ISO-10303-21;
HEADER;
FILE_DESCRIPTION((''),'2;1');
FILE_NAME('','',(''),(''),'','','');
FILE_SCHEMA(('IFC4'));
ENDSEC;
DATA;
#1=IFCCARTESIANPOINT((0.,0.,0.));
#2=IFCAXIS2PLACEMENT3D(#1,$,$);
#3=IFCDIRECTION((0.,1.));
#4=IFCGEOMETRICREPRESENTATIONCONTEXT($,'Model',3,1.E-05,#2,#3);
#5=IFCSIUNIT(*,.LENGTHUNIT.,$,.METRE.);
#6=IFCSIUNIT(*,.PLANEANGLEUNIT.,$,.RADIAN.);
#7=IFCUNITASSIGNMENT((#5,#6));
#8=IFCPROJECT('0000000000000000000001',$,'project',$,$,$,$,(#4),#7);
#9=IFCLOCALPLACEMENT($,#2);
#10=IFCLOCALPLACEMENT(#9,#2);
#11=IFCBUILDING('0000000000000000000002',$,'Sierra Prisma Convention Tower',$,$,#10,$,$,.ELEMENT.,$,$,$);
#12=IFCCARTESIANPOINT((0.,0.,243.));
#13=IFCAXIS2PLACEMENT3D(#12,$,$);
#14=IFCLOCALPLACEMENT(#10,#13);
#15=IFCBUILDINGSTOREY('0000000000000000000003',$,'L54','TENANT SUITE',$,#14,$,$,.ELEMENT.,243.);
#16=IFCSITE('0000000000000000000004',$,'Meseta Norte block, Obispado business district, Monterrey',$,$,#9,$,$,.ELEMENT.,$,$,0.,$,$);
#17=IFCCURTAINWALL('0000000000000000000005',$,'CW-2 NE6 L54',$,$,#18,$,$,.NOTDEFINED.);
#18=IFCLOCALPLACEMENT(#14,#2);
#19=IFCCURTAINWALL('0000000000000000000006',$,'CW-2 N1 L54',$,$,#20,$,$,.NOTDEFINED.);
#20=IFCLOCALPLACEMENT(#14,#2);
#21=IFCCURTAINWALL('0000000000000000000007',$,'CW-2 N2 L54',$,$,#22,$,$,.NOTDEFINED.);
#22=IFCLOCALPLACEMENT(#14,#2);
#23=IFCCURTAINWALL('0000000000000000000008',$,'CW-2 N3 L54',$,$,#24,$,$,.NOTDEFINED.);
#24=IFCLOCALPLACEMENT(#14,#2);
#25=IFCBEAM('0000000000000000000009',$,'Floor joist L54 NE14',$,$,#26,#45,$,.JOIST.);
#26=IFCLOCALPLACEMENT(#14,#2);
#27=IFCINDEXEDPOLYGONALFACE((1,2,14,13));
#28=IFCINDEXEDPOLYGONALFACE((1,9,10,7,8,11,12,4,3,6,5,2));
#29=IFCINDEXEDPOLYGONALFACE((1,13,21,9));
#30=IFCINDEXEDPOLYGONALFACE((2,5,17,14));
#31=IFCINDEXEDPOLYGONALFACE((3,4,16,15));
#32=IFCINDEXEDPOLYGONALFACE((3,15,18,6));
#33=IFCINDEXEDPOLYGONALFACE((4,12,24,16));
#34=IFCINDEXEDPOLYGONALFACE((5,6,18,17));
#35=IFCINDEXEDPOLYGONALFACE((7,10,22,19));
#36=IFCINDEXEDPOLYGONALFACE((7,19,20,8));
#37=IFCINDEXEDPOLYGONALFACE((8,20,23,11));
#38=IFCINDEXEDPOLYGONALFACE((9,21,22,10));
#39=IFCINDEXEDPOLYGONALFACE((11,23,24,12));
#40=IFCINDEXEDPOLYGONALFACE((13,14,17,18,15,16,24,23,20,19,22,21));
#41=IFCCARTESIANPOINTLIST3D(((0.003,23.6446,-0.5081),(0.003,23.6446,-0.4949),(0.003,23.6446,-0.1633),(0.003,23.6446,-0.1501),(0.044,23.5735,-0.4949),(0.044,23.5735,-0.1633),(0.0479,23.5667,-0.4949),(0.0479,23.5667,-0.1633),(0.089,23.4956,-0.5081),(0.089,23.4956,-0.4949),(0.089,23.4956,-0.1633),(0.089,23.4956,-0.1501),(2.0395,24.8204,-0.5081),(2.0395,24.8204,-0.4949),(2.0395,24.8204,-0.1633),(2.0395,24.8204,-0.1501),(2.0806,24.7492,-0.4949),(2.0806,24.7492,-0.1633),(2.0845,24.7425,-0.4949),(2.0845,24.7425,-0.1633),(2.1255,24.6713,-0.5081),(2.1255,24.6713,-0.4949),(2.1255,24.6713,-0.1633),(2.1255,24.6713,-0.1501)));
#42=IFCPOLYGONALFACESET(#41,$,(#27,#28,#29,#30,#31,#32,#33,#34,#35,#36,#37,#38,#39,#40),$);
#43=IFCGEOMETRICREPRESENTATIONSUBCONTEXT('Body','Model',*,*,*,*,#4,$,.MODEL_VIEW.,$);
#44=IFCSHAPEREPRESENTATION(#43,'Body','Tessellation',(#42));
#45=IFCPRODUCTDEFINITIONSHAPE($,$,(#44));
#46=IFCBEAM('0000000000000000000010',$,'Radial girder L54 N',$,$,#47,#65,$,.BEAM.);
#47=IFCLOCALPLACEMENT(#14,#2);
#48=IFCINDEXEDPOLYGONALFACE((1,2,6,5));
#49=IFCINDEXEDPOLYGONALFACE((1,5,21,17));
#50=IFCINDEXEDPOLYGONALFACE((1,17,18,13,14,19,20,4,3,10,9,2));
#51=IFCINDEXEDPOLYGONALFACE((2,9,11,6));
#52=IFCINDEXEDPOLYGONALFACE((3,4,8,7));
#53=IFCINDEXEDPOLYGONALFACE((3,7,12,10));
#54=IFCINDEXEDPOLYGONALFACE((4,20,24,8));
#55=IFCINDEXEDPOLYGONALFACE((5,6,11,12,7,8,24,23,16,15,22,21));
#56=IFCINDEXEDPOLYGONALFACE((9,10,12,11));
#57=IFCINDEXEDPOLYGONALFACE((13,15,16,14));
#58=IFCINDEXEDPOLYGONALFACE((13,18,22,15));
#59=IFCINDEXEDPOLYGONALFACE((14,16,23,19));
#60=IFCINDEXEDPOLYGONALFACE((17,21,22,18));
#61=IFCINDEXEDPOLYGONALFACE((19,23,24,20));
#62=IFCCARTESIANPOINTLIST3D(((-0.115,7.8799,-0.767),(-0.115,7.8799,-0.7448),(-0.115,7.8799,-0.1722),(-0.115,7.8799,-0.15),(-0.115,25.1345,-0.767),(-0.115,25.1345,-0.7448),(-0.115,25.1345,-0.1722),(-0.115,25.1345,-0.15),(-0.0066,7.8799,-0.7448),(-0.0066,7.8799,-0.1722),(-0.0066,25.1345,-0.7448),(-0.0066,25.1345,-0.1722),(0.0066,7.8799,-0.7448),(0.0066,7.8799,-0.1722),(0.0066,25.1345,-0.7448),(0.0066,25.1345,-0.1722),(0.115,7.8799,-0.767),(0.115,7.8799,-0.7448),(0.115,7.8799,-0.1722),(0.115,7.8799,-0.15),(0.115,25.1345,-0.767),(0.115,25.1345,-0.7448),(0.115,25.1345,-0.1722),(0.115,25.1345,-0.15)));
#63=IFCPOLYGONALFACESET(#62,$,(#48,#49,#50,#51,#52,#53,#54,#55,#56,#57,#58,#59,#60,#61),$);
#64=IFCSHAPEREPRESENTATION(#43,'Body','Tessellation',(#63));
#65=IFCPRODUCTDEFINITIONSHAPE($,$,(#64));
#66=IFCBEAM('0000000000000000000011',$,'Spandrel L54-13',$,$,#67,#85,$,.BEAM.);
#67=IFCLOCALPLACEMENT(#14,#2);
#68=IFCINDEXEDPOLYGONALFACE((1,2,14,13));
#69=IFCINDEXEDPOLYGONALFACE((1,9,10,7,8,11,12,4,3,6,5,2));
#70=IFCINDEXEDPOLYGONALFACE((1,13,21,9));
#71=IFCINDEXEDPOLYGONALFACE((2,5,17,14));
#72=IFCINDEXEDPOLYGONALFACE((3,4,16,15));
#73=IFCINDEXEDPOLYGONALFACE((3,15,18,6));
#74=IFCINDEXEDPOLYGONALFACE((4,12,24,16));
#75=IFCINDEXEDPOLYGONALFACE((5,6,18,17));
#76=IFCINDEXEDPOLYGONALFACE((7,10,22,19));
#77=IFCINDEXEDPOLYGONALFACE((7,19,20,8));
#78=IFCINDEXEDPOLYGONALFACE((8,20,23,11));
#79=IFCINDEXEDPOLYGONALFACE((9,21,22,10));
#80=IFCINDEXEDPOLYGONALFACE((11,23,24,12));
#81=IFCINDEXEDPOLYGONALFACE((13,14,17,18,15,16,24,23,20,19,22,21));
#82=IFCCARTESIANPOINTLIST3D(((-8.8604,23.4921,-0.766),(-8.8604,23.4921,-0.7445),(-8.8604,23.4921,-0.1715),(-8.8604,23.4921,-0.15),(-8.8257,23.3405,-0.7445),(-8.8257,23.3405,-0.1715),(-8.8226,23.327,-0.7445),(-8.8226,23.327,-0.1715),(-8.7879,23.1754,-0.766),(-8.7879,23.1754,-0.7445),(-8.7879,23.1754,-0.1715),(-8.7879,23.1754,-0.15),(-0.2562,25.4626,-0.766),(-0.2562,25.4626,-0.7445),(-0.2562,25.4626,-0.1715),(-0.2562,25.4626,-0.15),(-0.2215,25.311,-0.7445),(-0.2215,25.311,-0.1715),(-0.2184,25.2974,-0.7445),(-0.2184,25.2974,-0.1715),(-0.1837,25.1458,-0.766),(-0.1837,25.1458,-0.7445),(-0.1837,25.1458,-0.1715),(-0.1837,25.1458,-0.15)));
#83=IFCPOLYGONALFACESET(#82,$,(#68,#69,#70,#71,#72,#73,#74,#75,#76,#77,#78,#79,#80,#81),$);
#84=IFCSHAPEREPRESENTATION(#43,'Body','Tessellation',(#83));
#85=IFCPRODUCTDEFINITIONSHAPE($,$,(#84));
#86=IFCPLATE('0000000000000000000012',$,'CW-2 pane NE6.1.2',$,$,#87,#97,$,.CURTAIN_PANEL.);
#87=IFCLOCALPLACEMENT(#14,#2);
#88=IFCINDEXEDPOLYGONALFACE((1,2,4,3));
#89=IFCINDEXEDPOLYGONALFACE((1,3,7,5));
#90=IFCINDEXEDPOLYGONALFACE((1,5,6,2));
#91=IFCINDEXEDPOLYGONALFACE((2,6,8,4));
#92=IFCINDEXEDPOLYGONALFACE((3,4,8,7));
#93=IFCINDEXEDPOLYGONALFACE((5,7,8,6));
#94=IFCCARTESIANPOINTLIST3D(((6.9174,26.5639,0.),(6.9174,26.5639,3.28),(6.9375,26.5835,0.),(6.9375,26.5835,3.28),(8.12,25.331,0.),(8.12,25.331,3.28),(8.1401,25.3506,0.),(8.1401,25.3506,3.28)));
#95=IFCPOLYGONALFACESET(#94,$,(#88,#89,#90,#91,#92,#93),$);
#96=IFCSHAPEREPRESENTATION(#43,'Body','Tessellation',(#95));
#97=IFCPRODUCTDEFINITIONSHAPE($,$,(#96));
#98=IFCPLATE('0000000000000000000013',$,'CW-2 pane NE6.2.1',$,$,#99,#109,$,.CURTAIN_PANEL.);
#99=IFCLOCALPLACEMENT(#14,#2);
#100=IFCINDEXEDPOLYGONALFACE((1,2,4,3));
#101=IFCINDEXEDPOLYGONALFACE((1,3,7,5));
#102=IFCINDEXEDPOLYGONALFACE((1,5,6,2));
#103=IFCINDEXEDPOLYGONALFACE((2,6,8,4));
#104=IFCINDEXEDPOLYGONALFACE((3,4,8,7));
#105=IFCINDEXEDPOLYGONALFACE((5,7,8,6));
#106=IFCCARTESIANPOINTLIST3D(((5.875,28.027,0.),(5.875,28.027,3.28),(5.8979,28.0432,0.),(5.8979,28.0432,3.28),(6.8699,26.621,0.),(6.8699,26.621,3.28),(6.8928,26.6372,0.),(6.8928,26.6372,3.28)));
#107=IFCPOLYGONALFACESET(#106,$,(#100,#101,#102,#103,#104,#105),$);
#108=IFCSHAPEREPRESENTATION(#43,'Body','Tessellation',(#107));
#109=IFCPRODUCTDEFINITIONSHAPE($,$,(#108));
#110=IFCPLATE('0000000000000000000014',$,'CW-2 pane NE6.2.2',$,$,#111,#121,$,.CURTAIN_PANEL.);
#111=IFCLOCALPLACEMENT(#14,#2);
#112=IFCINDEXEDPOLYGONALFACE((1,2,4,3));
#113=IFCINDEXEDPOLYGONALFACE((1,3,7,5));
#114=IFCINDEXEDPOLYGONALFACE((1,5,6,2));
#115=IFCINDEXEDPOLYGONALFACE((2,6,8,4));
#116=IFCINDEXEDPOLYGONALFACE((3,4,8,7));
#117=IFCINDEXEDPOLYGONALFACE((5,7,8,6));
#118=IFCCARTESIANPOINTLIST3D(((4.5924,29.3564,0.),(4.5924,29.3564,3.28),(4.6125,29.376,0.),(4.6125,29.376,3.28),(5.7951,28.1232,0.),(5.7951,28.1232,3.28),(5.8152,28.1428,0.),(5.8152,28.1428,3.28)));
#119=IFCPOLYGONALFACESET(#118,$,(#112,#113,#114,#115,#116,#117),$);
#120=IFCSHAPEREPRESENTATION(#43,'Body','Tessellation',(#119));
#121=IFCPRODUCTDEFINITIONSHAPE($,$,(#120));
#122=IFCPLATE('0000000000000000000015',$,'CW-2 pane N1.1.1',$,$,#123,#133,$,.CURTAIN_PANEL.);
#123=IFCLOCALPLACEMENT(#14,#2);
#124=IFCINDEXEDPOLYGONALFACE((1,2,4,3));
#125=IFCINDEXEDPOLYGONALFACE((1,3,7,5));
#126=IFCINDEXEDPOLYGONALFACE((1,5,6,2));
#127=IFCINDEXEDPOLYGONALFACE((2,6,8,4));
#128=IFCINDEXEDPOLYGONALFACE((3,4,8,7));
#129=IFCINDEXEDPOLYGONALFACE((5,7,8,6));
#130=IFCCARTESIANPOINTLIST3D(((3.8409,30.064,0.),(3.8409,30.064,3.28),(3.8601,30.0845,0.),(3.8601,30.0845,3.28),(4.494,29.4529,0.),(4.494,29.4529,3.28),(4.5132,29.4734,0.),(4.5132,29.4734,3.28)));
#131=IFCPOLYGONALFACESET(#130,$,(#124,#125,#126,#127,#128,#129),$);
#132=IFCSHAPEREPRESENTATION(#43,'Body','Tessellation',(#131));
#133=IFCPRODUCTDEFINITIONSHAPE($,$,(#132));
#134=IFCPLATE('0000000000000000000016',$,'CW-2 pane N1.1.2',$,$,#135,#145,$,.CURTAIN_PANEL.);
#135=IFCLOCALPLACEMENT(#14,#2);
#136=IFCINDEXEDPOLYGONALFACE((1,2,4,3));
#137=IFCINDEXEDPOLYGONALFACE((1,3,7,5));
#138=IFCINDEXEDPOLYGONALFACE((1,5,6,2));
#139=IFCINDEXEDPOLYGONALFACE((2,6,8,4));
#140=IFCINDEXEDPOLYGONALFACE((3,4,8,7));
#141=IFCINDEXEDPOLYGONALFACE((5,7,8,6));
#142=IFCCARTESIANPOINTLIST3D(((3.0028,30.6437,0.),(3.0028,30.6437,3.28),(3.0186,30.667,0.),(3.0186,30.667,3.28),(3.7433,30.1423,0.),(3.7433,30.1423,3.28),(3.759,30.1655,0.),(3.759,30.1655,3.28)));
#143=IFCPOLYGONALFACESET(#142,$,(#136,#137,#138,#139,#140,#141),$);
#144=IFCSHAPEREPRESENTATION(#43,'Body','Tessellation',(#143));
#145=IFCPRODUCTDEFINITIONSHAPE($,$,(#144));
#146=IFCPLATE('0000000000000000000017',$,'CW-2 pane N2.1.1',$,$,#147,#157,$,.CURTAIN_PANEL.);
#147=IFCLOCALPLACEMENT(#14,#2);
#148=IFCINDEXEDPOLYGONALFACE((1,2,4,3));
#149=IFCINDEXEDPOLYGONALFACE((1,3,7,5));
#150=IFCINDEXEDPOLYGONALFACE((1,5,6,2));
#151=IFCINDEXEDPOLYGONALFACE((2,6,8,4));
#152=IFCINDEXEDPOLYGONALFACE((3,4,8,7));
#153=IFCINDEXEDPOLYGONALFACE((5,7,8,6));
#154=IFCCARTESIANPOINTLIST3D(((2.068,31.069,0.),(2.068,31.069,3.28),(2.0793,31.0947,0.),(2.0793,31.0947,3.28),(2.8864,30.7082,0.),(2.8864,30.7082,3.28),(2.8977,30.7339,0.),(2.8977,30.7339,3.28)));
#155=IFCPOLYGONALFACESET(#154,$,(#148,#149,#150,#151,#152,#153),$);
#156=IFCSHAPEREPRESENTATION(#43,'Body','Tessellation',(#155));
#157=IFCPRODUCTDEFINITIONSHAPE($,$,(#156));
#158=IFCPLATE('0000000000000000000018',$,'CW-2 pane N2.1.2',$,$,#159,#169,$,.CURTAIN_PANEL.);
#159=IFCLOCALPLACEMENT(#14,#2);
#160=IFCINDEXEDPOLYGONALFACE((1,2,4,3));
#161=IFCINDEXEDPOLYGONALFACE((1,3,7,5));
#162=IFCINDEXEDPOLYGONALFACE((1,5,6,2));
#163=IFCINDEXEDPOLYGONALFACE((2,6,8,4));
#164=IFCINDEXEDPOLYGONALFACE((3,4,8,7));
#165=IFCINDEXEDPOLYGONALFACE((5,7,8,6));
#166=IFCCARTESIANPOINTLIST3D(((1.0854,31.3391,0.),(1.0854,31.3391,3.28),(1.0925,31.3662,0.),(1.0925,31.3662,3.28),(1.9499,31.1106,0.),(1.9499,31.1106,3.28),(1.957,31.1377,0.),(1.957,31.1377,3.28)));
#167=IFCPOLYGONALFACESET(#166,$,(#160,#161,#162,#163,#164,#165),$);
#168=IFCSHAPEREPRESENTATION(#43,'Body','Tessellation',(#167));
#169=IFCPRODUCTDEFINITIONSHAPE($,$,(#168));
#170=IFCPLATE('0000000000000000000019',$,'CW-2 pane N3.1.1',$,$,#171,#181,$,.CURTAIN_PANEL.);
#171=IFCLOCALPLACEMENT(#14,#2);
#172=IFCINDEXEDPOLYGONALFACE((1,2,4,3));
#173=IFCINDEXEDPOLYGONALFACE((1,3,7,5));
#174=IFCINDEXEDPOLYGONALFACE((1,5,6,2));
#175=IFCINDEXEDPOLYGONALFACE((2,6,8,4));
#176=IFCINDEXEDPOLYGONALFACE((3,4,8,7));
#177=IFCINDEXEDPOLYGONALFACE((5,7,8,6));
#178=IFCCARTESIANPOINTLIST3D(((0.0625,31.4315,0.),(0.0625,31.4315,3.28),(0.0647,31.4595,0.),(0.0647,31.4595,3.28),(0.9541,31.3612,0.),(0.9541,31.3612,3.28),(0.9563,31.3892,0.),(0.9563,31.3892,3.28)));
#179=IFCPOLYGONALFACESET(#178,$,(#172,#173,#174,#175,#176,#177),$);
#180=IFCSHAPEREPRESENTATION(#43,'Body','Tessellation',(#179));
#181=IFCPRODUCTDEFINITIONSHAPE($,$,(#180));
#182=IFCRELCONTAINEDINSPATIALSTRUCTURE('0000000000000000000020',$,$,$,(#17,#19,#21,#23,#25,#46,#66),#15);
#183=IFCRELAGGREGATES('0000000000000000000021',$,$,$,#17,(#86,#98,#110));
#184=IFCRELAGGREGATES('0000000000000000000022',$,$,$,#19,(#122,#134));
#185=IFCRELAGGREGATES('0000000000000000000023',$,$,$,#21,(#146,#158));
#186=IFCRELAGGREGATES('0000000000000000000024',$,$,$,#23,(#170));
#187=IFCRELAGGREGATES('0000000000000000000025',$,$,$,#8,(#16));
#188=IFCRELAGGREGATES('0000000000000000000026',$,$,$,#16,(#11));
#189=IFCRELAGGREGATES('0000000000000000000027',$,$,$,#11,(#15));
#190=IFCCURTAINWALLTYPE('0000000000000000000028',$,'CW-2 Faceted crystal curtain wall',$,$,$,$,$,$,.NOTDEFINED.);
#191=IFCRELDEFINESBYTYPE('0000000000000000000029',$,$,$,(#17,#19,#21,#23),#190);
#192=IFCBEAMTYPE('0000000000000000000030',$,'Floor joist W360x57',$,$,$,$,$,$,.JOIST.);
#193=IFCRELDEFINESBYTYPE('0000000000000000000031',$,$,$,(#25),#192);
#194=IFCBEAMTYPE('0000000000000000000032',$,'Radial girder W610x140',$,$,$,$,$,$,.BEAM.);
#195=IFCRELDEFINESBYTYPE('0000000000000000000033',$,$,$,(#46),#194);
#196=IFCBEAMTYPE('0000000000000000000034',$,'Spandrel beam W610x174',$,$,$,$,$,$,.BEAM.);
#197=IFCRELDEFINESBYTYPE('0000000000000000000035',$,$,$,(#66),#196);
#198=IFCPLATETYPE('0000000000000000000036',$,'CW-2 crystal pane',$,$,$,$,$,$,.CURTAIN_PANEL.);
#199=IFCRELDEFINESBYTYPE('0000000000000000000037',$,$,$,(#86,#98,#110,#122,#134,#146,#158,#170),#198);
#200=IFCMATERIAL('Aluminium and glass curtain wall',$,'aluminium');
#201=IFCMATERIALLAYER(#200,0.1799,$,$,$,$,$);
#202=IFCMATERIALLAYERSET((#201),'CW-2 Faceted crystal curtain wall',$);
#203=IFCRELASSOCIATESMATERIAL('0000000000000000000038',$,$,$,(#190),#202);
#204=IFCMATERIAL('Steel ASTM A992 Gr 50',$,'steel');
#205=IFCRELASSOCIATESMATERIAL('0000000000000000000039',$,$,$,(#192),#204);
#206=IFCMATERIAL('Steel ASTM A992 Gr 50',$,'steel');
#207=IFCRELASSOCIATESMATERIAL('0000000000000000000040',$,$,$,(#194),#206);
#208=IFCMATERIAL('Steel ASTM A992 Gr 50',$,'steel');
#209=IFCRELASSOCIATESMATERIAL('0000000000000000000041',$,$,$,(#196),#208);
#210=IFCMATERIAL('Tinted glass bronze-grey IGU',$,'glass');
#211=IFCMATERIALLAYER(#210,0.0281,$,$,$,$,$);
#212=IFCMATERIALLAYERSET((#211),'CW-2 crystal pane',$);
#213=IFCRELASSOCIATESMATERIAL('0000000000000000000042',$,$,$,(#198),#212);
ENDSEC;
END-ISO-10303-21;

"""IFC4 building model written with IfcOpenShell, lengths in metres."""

from ifc_helpers import new_model, si_unit, direction, frame, origin, origin_2d, place, context, subcontext, project, spatial, polyline, i_section, outline, extrude, material, layer, layer_set, material_profile, profile_set, type_object, element, aggregate, save


model = new_model("IFC4")

# Units and contexts
model_context = context("Model", 3, precision=1e-05, world=origin(), true_north=direction((0.0, 1.0)))
body_context = subcontext(model_context, "Body", "Model", "MODEL_VIEW")
ifc_project = project(units=[si_unit("LENGTHUNIT", "METRE"), si_unit("PLANEANGLEUNIT", "RADIAN")], contexts=[model_context])

# Site, building, storey
site_placement = place(None, origin())
site = spatial("IfcSite", under=ifc_project, at=site_placement, Name="Meseta Norte block, Obispado business district, Monterrey", CompositionType="ELEMENT", RefElevation=0.0)
building_placement = place(site_placement, origin())
building = spatial("IfcBuilding", under=site, at=building_placement, Name="Sierra Prisma Convention Tower", CompositionType="ELEMENT")
storey_placement = place(building_placement, frame((0.0, 0.0, 243.0)))
storey = spatial("IfcBuildingStorey", under=building, at=storey_placement, Name="L54", Description="TENANT SUITE", CompositionType="ELEMENT", Elevation=243.0)

# Curtain wall
ifc_material_1 = material(Name="Aluminium and glass curtain wall", Category="aluminium")
ifc_layer_1 = layer(ifc_material_1, 0.1799)
ifc_layer_set_1 = layer_set([ifc_layer_1], Name="CW-2 Faceted crystal curtain wall")
curtain_wall_type = type_object("IfcCurtainWallType", Name="CW-2 Faceted crystal curtain wall", PredefinedType="NOTDEFINED", material=ifc_layer_set_1)
curtain_wall_1_placement = place(storey_placement, origin())
curtain_wall_1 = element("IfcCurtainWall", 1, at=curtain_wall_1_placement, inside=storey, type_object=curtain_wall_type, Name="CW-2 NE6 L54", PredefinedType="NOTDEFINED")

# Curtain walls
curtain_wall_2_placement = place(storey_placement, origin())
curtain_wall_2 = element("IfcCurtainWall", 2, at=curtain_wall_2_placement, inside=storey, type_object=curtain_wall_type, Name="CW-2 N1 L54", PredefinedType="NOTDEFINED")
curtain_wall_3_placement = place(storey_placement, origin())
curtain_wall_3 = element("IfcCurtainWall", 3, at=curtain_wall_3_placement, inside=storey, type_object=curtain_wall_type, Name="CW-2 N2 L54", PredefinedType="NOTDEFINED")
curtain_wall_4_placement = place(storey_placement, origin())
curtain_wall_4 = element("IfcCurtainWall", 4, at=curtain_wall_4_placement, inside=storey, type_object=curtain_wall_type, Name="CW-2 N3 L54", PredefinedType="NOTDEFINED")

# Beams
ifc_material_2 = material(Name="Steel ASTM A992 Gr 50", Category="steel")
ifc_material_profile_1 = material_profile(ifc_material_2, i_section(OverallWidth=0.1721, OverallDepth=0.3579, WebThickness=0.0078, FlangeThickness=0.0132, at=origin_2d()), Name="W360x57")
ifc_profile_set_1 = profile_set([ifc_material_profile_1], Name="Steel ASTM A992 Gr 50")
beam_type_1 = type_object("IfcBeamType", Name="Floor joist W360x57", PredefinedType="JOIST", material=ifc_profile_set_1)
beam_1_placement = place(storey_placement, frame((2.0825, 24.7458, -0.3291), z_axis=(-0.866037, -0.49998, 0.0), x_axis=(0.49998, -0.866037, 0.0)))
element("IfcBeam", 5, at=beam_1_placement, inside=storey, type_object=beam_type_1, Name="Floor joist L54 NE14", PredefinedType="JOIST", context=body_context, shape_type="SweptSolid", body=[
    extrude(i_section(OverallWidth=0.1721, OverallDepth=0.3579, WebThickness=0.0078, FlangeThickness=0.0132, at=origin_2d()), origin(), (0.0, 0.0, 1.0), 2.3516),
])
ifc_material_3 = material(Name="Steel ASTM A992 Gr 50", Category="steel")
ifc_material_profile_2 = material_profile(ifc_material_3, i_section(OverallWidth=0.23, OverallDepth=0.6169, WebThickness=0.0132, FlangeThickness=0.0222, at=origin_2d()), Name="W610x140")
ifc_profile_set_2 = profile_set([ifc_material_profile_2], Name="Steel ASTM A992 Gr 50")
beam_type_2 = type_object("IfcBeamType", Name="Radial girder W610x140", PredefinedType="BEAM", material=ifc_profile_set_2)
beam_2_placement = place(storey_placement, frame((0.0, 25.1345, -0.4585), z_axis=(0.0, -1.0, 0.0), x_axis=(1.0, 0.0, 0.0)))
element("IfcBeam", 6, at=beam_2_placement, inside=storey, type_object=beam_type_2, Name="Radial girder L54 N", PredefinedType="BEAM", context=body_context, shape_type="SweptSolid", body=[
    extrude(i_section(OverallWidth=0.23, OverallDepth=0.6169, WebThickness=0.0132, FlangeThickness=0.0222, at=origin_2d()), origin(), (0.0, 0.0, 1.0), 17.2546),
])
ifc_material_4 = material(Name="Steel ASTM A992 Gr 50", Category="steel")
ifc_material_profile_3 = material_profile(ifc_material_4, i_section(OverallWidth=0.325, OverallDepth=0.616, WebThickness=0.0139, FlangeThickness=0.0215, at=origin_2d()), Name="W610x174")
ifc_profile_set_3 = profile_set([ifc_material_profile_3], Name="Steel ASTM A992 Gr 50")
beam_type_3 = type_object("IfcBeamType", Name="Spandrel beam W610x174", PredefinedType="BEAM", material=ifc_profile_set_3)
beam_3_placement = place(storey_placement, frame((-0.22, 25.3042, -0.458), z_axis=(-0.974766, -0.223231, 0.0), x_axis=(0.223231, -0.974766, 0.0)))
element("IfcBeam", 7, at=beam_3_placement, inside=storey, type_object=beam_type_3, Name="Spandrel L54-13", PredefinedType="BEAM", context=body_context, shape_type="SweptSolid", body=[
    extrude(i_section(OverallWidth=0.325, OverallDepth=0.616, WebThickness=0.0139, FlangeThickness=0.0215, at=origin_2d()), origin(), (0.0, 0.0, 1.0), 8.8269),
])

# Plates
ifc_material_5 = material(Name="Tinted glass bronze-grey IGU", Category="glass")
ifc_layer_2 = layer(ifc_material_5, 0.0281)
ifc_layer_set_2 = layer_set([ifc_layer_2], Name="CW-2 crystal pane")
plate_type = type_object("IfcPlateType", Name="CW-2 crystal pane", PredefinedType="CURTAIN_PANEL", material=ifc_layer_set_2)
plate_1_placement = place(storey_placement, frame((6.9375, 26.5835, 0.0), z_axis=(0.715841, 0.698264, 0.0), x_axis=(0.698264, -0.715841, 0.0)))
plate_1 = element("IfcPlate", 8, at=plate_1_placement, type_object=plate_type, Name="CW-2 pane NE6.1.2", PredefinedType="CURTAIN_PANEL", context=body_context, shape_type="SweptSolid", body=[
    extrude(outline(polyline([(0.0, 0.0), (1.7223, 0.0), (1.7223, -3.28), (0.0, -3.28), (0.0, 0.0)])), origin(), (0.0, 0.0, -1.0), 0.0281),
])
plate_2_placement = place(storey_placement, frame((6.8928, 26.6372, 0.0), z_axis=(0.816311, 0.577612, 0.0), x_axis=(-0.577612, 0.816311, 0.0)))
plate_2 = element("IfcPlate", 9, at=plate_2_placement, type_object=plate_type, Name="CW-2 pane NE6.2.1", PredefinedType="CURTAIN_PANEL", context=body_context, shape_type="SweptSolid", body=[
    extrude(outline(polyline([(0.0, 0.0), (1.7224, 0.0), (1.7224, 3.28), (0.0, 3.28), (0.0, 0.0)])), origin(), (0.0, 0.0, -1.0), 0.0281),
])
plate_3_placement = place(storey_placement, frame((4.6125, 29.376, 0.0), z_axis=(0.71591, 0.698193, 0.0), x_axis=(0.698193, -0.71591, 0.0)))
plate_3 = element("IfcPlate", 10, at=plate_3_placement, type_object=plate_type, Name="CW-2 pane NE6.2.2", PredefinedType="CURTAIN_PANEL", context=body_context, shape_type="SweptSolid", body=[
    extrude(outline(polyline([(0.0, 0.0), (1.7225, 0.0), (1.7225, -3.28), (0.0, -3.28), (0.0, 0.0)])), origin(), (0.0, 0.0, -1.0), 0.0281),
])
aggregate(curtain_wall_1, [plate_1, plate_2, plate_3])
plate_4_placement = place(storey_placement, frame((4.5132, 29.4734, 0.0), z_axis=(0.683242, 0.730192, 0.0), x_axis=(-0.730192, 0.683242, 0.0)))
plate_4 = element("IfcPlate", 11, at=plate_4_placement, type_object=plate_type, Name="CW-2 pane N1.1.1", PredefinedType="CURTAIN_PANEL", context=body_context, shape_type="SweptSolid", body=[
    extrude(outline(polyline([(0.0, 0.0), (0.8944, 0.0), (0.8944, 3.28), (0.0, 3.28), (0.0, 0.0)])), origin(), (0.0, 0.0, -1.0), 0.0281),
])
plate_5_placement = place(storey_placement, frame((3.0186, 30.667, 0.0), z_axis=(0.560733, 0.827996, 0.0), x_axis=(0.827996, -0.560733, 0.0)))
plate_5 = element("IfcPlate", 12, at=plate_5_placement, type_object=plate_type, Name="CW-2 pane N1.1.2", PredefinedType="CURTAIN_PANEL", context=body_context, shape_type="SweptSolid", body=[
    extrude(outline(polyline([(0.0, 0.0), (0.8943, 0.0), (0.8943, -3.28), (0.0, -3.28), (0.0, 0.0)])), origin(), (0.0, 0.0, -1.0), 0.0281),
])
aggregate(curtain_wall_2, [plate_4, plate_5])
plate_6_placement = place(storey_placement, frame((2.8977, 30.7339, 0.0), z_axis=(0.403452, 0.915001, 0.0), x_axis=(-0.915001, 0.403452, 0.0)))
plate_6 = element("IfcPlate", 13, at=plate_6_placement, type_object=plate_type, Name="CW-2 pane N2.1.1", PredefinedType="CURTAIN_PANEL", context=body_context, shape_type="SweptSolid", body=[
    extrude(outline(polyline([(0.0, 0.0), (0.8944, 0.0), (0.8944, 3.28), (0.0, 3.28), (0.0, 0.0)])), origin(), (0.0, 0.0, -1.0), 0.0281),
])
plate_7_placement = place(storey_placement, frame((1.0925, 31.3662, 0.0), z_axis=(0.255555, 0.966795, 0.0), x_axis=(0.966795, -0.255555, 0.0)))
plate_7 = element("IfcPlate", 14, at=plate_7_placement, type_object=plate_type, Name="CW-2 pane N2.1.2", PredefinedType="CURTAIN_PANEL", context=body_context, shape_type="SweptSolid", body=[
    extrude(outline(polyline([(0.0, 0.0), (0.8942, 0.0), (0.8942, -3.28), (0.0, -3.28), (0.0, 0.0)])), origin(), (0.0, 0.0, -1.0), 0.0281),
])
aggregate(curtain_wall_3, [plate_6, plate_7])
plate_8_placement = place(storey_placement, frame((0.9563, 31.3892, 0.0), z_axis=(0.078617, 0.996905, 0.0), x_axis=(-0.996905, 0.078617, 0.0)))
plate_8 = element("IfcPlate", 15, at=plate_8_placement, type_object=plate_type, Name="CW-2 pane N3.1.1", PredefinedType="CURTAIN_PANEL", context=body_context, shape_type="SweptSolid", body=[
    extrude(outline(polyline([(0.0, 0.0), (0.8944, 0.0), (0.8944, 3.28), (0.0, 3.28), (0.0, 0.0)])), origin(), (0.0, 0.0, -1.0), 0.0281),
])
aggregate(curtain_wall_4, [plate_8])

save(model, "model.ifc")
